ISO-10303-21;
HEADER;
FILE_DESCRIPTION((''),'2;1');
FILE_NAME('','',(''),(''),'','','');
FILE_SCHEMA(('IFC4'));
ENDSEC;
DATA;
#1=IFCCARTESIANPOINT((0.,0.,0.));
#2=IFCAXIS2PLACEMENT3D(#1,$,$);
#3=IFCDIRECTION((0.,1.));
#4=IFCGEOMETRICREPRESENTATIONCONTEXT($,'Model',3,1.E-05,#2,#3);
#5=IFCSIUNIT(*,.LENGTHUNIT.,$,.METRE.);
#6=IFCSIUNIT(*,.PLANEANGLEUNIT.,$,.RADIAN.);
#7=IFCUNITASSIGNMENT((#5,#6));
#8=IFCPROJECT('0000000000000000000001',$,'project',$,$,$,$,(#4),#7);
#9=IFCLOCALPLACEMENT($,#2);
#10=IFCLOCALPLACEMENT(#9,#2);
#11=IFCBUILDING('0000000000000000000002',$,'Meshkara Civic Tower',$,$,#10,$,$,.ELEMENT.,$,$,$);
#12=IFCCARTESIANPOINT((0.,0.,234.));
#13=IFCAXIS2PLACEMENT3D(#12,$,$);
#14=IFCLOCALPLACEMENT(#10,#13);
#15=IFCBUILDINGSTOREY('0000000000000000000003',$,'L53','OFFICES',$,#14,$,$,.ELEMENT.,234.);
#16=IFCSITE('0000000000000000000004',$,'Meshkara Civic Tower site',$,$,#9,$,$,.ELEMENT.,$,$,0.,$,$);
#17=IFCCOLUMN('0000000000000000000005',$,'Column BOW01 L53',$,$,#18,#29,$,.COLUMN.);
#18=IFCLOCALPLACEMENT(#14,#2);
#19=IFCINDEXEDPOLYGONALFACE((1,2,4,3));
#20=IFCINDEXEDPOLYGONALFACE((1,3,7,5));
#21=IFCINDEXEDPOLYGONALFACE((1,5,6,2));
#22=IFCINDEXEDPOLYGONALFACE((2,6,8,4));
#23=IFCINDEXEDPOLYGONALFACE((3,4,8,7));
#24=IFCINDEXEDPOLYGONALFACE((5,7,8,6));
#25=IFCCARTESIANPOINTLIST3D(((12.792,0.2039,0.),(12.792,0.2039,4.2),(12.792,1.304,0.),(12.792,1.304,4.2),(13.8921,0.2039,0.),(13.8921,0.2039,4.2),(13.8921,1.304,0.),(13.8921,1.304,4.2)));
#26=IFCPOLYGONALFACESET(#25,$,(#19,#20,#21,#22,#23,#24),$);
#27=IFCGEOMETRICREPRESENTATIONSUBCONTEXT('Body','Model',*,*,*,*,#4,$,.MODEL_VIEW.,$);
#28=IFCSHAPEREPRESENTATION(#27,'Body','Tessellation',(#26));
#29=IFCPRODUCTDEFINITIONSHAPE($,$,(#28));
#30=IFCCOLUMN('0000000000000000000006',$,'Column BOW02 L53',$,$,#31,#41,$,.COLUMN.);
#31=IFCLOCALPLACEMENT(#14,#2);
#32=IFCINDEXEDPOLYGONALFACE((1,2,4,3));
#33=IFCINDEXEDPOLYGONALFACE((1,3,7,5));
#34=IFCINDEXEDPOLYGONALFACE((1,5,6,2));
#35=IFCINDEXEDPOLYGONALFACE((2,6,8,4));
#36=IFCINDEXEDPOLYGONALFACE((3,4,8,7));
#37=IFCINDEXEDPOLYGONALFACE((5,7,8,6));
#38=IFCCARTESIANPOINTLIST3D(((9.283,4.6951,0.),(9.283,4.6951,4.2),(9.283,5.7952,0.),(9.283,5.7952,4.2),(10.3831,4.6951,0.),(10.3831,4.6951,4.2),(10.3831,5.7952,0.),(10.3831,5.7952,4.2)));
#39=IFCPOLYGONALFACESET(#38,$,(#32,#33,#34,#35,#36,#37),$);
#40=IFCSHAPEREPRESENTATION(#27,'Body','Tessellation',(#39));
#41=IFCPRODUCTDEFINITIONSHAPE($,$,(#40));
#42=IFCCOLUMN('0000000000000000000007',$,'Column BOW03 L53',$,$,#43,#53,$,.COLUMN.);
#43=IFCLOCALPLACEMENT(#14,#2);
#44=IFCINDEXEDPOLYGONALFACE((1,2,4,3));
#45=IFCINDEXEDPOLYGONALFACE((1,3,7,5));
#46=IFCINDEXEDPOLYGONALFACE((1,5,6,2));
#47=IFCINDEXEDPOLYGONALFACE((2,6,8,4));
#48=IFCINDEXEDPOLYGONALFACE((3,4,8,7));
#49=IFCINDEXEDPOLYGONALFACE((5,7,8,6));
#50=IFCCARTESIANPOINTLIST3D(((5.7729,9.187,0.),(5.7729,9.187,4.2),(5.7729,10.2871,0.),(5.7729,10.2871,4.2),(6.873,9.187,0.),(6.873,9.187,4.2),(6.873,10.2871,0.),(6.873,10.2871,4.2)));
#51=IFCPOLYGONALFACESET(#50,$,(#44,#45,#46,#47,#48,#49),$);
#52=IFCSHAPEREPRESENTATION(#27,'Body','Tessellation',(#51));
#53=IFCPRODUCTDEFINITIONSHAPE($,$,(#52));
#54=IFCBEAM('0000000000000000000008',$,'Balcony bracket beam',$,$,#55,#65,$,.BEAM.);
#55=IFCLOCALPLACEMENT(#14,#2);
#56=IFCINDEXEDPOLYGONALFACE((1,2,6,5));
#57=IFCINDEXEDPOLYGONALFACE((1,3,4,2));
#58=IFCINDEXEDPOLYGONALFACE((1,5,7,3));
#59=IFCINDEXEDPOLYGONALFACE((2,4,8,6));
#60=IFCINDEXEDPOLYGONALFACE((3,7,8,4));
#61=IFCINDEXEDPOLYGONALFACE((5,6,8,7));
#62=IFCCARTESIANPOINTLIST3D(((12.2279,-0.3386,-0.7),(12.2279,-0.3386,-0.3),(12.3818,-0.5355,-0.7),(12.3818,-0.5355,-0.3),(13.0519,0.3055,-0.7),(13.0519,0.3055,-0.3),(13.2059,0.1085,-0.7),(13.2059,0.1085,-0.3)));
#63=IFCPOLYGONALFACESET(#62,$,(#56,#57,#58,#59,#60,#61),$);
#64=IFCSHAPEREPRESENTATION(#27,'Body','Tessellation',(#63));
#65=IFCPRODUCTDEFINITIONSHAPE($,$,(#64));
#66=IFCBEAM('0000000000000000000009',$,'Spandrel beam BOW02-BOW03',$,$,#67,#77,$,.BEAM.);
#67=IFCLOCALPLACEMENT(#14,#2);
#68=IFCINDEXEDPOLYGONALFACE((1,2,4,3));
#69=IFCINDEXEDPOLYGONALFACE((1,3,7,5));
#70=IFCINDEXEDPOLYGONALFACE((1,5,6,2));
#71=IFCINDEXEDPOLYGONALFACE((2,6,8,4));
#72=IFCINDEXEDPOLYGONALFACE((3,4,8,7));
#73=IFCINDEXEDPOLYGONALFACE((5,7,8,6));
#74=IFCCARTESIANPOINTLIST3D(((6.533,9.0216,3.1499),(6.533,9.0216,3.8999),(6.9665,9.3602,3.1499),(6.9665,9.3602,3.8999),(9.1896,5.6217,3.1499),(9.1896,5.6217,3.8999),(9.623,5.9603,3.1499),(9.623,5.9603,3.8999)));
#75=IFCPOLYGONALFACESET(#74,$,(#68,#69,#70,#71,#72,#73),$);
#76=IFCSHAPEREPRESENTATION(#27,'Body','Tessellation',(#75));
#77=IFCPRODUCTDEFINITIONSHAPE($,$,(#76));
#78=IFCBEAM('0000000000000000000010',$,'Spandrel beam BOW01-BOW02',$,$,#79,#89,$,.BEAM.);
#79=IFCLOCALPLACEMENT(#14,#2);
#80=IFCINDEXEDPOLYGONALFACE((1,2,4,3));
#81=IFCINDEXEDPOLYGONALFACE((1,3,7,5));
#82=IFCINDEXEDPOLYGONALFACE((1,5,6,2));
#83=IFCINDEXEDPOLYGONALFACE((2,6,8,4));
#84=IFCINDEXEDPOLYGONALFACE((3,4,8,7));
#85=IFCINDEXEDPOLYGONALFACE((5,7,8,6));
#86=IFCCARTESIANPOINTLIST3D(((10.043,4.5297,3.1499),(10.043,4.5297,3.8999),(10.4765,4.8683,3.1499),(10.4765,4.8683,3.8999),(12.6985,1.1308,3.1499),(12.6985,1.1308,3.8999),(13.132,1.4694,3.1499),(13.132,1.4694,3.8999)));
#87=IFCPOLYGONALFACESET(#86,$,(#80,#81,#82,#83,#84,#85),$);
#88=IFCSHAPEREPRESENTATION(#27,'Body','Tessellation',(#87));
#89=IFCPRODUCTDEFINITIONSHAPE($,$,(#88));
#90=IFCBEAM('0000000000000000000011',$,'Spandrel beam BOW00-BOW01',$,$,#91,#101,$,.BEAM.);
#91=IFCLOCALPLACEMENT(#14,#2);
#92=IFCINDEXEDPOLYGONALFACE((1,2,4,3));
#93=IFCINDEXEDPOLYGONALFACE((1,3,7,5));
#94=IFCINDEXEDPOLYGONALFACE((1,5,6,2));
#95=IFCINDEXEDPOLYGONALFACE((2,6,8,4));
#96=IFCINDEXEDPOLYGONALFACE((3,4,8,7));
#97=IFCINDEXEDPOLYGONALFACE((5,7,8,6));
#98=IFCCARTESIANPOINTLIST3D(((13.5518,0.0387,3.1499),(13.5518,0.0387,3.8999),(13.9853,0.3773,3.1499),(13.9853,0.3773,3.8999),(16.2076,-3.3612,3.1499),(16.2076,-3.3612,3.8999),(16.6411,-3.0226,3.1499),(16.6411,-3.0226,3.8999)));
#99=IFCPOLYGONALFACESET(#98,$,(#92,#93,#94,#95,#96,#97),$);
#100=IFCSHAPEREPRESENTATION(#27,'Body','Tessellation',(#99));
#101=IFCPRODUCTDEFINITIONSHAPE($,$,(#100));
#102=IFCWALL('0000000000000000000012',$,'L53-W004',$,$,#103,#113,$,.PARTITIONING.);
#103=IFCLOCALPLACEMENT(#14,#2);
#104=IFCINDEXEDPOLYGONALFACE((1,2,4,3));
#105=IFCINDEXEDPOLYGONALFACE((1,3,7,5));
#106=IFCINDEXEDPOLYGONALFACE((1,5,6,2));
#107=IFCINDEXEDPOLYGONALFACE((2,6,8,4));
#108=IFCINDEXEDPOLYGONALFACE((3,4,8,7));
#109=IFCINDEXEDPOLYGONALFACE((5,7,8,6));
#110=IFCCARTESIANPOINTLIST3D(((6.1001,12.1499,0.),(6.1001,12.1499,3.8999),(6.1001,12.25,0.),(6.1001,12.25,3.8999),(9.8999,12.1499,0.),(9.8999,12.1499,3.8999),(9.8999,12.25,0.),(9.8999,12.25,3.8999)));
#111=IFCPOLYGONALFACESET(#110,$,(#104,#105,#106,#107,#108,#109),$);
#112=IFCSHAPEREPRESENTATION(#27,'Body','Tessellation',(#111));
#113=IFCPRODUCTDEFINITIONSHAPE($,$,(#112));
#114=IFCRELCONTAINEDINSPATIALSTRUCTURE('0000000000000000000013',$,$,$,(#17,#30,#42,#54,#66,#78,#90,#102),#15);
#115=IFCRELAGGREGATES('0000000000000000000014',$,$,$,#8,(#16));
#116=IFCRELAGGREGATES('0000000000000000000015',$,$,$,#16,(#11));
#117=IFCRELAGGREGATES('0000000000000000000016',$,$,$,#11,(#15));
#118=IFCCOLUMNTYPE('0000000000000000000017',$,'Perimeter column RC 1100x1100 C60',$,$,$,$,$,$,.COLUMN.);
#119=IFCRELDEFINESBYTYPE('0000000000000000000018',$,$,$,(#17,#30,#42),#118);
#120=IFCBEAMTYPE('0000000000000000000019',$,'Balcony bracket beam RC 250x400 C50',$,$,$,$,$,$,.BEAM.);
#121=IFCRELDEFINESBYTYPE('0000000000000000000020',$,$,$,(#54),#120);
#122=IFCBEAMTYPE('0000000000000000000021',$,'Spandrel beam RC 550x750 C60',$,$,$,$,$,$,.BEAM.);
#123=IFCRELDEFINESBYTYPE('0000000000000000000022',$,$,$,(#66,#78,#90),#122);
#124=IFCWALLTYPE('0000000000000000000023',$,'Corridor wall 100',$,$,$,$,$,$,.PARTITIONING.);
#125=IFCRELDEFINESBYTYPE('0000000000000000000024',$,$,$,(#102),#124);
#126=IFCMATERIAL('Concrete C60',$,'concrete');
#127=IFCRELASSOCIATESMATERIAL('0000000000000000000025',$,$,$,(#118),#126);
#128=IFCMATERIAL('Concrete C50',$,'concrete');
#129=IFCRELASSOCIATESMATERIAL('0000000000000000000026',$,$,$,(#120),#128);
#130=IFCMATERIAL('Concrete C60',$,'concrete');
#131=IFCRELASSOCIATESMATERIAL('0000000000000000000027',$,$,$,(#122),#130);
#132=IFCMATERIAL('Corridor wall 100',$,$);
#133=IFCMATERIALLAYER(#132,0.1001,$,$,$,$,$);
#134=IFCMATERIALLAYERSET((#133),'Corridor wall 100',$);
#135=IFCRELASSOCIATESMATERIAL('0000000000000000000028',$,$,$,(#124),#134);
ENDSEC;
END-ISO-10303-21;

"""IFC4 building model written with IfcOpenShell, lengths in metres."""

from ifc_helpers import new_model, si_unit, direction, frame, frame_2d, origin, origin_2d, place, context, subcontext, project, spatial, rectangle, extrude, material, layer, layer_set, material_profile, profile_set, type_object, element, save


model = new_model("IFC4")

# Units and contexts
model_context = context("Model", 3, precision=1e-05, world=origin(), true_north=direction((0.0, 1.0)))
body_context = subcontext(model_context, "Body", "Model", "MODEL_VIEW")
ifc_project = project(units=[si_unit("LENGTHUNIT", "METRE"), si_unit("PLANEANGLEUNIT", "RADIAN")], contexts=[model_context])

# Site, building, storey
site_placement = place(None, origin())
site = spatial("IfcSite", under=ifc_project, at=site_placement, Name="Meshkara Civic Tower site", CompositionType="ELEMENT", RefElevation=0.0)
building_placement = place(site_placement, origin())
building = spatial("IfcBuilding", under=site, at=building_placement, Name="Meshkara Civic Tower", CompositionType="ELEMENT")
storey_placement = place(building_placement, frame((0.0, 0.0, 234.0)))
storey = spatial("IfcBuildingStorey", under=building, at=storey_placement, Name="L53", Description="OFFICES", CompositionType="ELEMENT", Elevation=234.0)

# Columns
ifc_material_1 = material(Name="Concrete C60", Category="concrete")
ifc_material_profile_1 = material_profile(ifc_material_1, rectangle(XDim=1.1001, YDim=1.1001, at=origin_2d()))
ifc_profile_set_1 = profile_set([ifc_material_profile_1], Name="Concrete C60")
column_type = type_object("IfcColumnType", Name="Perimeter column RC 1100x1100 C60", PredefinedType="COLUMN", material=ifc_profile_set_1)
for number, where, z_axis, x_axis, name in (
    (1, (13.342, 0.7539, 0.0), (0.0, 0.0, 1.0), (1.0, 0.0, 0.0), "Column BOW01 L53"),
    (2, (9.833, 5.2451, 0.0), (0.0, 0.0, 1.0), (1.0, 0.0, 0.0), "Column BOW02 L53"),
    (3, (6.323, 9.7371, 0.0), (0.0, 0.0, 1.0), (1.0, 0.0, 0.0), "Column BOW03 L53"),
):
    element("IfcColumn", number, at=place(storey_placement, frame(where, z_axis=z_axis, x_axis=x_axis)), inside=storey, type_object=column_type, Name=name, PredefinedType="COLUMN", context=body_context, shape_type="SweptSolid", body=[
        extrude(rectangle(XDim=1.1001, YDim=1.1001, at=origin_2d()), origin(), (0.0, 0.0, 1.0), 4.2),
    ])

# Beams
ifc_material_2 = material(Name="Concrete C50", Category="concrete")
ifc_material_profile_2 = material_profile(ifc_material_2, rectangle(XDim=0.25, YDim=0.3999, at=origin_2d()))
ifc_profile_set_2 = profile_set([ifc_material_profile_2], Name="Concrete C50")
beam_type_1 = type_object("IfcBeamType", Name="Balcony bracket beam RC 250x400 C50", PredefinedType="BEAM", material=ifc_profile_set_2)
beam_1_placement = place(storey_placement, frame((13.1289, 0.207, -0.5), z_axis=(-0.787879, -0.61583, 0.0), x_axis=(0.61583, -0.787879, 0.0)))
element("IfcBeam", 4, at=beam_1_placement, inside=storey, type_object=beam_type_1, Name="Balcony bracket beam", PredefinedType="BEAM", context=body_context, shape_type="SweptSolid", body=[
    extrude(rectangle(XDim=0.25, YDim=0.3999, at=origin_2d()), origin(), (0.0, 0.0, 1.0), 1.0459),
])
ifc_material_3 = material(Name="Concrete C60", Category="concrete")
ifc_material_profile_3 = material_profile(ifc_material_3, rectangle(XDim=0.55, YDim=0.75, at=origin_2d()))
ifc_profile_set_3 = profile_set([ifc_material_profile_3], Name="Concrete C60")
beam_type_2 = type_object("IfcBeamType", Name="Spandrel beam RC 550x750 C60", PredefinedType="BEAM", material=ifc_profile_set_3)
beam_2_placement = place(storey_placement, frame((6.7498, 9.1909, 3.5249), z_axis=(0.61569, -0.787988, 0.0), x_axis=(0.787988, 0.61569, 0.0)))
element("IfcBeam", 5, at=beam_2_placement, inside=storey, type_object=beam_type_2, Name="Spandrel beam BOW02-BOW03", PredefinedType="BEAM", context=body_context, shape_type="SweptSolid", body=[
    extrude(rectangle(XDim=0.55, YDim=0.75, at=origin_2d()), origin(), (0.0, 0.0, 1.0), 4.3147),
])
beam_3_placement = place(storey_placement, frame((10.2598, 4.699, 3.5249), z_axis=(0.615659, -0.788012, 0.0), x_axis=(0.788012, 0.615659, 0.0)))
element("IfcBeam", 6, at=beam_3_placement, inside=storey, type_object=beam_type_2, Name="Spandrel beam BOW01-BOW02", PredefinedType="BEAM", context=body_context, shape_type="SweptSolid", body=[
    extrude(rectangle(XDim=0.55, YDim=0.75, at=origin_2d()), origin(), (0.0, 0.0, 1.0), 4.3132),
])
beam_4_placement = place(storey_placement, frame((13.7686, 0.208, 3.5249), z_axis=(0.615585, -0.788071, 0.0), x_axis=(0.788071, 0.615585, 0.0)))
element("IfcBeam", 7, at=beam_4_placement, inside=storey, type_object=beam_type_2, Name="Spandrel beam BOW00-BOW01", PredefinedType="BEAM", context=body_context, shape_type="SweptSolid", body=[
    extrude(rectangle(XDim=0.55, YDim=0.75, at=origin_2d()), origin(), (0.0, 0.0, 1.0), 4.3142),
])

# Wall
ifc_material_4 = material(Name="Corridor wall 100")
ifc_layer_1 = layer(ifc_material_4, 0.1001)
ifc_layer_set_1 = layer_set([ifc_layer_1], Name="Corridor wall 100")
wall_type_1 = type_object("IfcWallType", Name="Corridor wall 100", PredefinedType="PARTITIONING", material=ifc_layer_set_1)
wall_1_placement = place(storey_placement, frame((6.1001, 12.2, 0.0), z_axis=(0.0, 0.0, 1.0), x_axis=(1.0, 0.0, 0.0)))
element("IfcWall", 8, at=wall_1_placement, inside=storey, type_object=wall_type_1, Name="L53-W004", PredefinedType="PARTITIONING", context=body_context, shape_type="SweptSolid", body=[
    extrude(rectangle(XDim=3.7998, YDim=0.1001, at=frame_2d((1.8999, 0.0))), origin(), (0.0, 0.0, 1.0), 3.8999),
])

save(model, "model.ifc")
